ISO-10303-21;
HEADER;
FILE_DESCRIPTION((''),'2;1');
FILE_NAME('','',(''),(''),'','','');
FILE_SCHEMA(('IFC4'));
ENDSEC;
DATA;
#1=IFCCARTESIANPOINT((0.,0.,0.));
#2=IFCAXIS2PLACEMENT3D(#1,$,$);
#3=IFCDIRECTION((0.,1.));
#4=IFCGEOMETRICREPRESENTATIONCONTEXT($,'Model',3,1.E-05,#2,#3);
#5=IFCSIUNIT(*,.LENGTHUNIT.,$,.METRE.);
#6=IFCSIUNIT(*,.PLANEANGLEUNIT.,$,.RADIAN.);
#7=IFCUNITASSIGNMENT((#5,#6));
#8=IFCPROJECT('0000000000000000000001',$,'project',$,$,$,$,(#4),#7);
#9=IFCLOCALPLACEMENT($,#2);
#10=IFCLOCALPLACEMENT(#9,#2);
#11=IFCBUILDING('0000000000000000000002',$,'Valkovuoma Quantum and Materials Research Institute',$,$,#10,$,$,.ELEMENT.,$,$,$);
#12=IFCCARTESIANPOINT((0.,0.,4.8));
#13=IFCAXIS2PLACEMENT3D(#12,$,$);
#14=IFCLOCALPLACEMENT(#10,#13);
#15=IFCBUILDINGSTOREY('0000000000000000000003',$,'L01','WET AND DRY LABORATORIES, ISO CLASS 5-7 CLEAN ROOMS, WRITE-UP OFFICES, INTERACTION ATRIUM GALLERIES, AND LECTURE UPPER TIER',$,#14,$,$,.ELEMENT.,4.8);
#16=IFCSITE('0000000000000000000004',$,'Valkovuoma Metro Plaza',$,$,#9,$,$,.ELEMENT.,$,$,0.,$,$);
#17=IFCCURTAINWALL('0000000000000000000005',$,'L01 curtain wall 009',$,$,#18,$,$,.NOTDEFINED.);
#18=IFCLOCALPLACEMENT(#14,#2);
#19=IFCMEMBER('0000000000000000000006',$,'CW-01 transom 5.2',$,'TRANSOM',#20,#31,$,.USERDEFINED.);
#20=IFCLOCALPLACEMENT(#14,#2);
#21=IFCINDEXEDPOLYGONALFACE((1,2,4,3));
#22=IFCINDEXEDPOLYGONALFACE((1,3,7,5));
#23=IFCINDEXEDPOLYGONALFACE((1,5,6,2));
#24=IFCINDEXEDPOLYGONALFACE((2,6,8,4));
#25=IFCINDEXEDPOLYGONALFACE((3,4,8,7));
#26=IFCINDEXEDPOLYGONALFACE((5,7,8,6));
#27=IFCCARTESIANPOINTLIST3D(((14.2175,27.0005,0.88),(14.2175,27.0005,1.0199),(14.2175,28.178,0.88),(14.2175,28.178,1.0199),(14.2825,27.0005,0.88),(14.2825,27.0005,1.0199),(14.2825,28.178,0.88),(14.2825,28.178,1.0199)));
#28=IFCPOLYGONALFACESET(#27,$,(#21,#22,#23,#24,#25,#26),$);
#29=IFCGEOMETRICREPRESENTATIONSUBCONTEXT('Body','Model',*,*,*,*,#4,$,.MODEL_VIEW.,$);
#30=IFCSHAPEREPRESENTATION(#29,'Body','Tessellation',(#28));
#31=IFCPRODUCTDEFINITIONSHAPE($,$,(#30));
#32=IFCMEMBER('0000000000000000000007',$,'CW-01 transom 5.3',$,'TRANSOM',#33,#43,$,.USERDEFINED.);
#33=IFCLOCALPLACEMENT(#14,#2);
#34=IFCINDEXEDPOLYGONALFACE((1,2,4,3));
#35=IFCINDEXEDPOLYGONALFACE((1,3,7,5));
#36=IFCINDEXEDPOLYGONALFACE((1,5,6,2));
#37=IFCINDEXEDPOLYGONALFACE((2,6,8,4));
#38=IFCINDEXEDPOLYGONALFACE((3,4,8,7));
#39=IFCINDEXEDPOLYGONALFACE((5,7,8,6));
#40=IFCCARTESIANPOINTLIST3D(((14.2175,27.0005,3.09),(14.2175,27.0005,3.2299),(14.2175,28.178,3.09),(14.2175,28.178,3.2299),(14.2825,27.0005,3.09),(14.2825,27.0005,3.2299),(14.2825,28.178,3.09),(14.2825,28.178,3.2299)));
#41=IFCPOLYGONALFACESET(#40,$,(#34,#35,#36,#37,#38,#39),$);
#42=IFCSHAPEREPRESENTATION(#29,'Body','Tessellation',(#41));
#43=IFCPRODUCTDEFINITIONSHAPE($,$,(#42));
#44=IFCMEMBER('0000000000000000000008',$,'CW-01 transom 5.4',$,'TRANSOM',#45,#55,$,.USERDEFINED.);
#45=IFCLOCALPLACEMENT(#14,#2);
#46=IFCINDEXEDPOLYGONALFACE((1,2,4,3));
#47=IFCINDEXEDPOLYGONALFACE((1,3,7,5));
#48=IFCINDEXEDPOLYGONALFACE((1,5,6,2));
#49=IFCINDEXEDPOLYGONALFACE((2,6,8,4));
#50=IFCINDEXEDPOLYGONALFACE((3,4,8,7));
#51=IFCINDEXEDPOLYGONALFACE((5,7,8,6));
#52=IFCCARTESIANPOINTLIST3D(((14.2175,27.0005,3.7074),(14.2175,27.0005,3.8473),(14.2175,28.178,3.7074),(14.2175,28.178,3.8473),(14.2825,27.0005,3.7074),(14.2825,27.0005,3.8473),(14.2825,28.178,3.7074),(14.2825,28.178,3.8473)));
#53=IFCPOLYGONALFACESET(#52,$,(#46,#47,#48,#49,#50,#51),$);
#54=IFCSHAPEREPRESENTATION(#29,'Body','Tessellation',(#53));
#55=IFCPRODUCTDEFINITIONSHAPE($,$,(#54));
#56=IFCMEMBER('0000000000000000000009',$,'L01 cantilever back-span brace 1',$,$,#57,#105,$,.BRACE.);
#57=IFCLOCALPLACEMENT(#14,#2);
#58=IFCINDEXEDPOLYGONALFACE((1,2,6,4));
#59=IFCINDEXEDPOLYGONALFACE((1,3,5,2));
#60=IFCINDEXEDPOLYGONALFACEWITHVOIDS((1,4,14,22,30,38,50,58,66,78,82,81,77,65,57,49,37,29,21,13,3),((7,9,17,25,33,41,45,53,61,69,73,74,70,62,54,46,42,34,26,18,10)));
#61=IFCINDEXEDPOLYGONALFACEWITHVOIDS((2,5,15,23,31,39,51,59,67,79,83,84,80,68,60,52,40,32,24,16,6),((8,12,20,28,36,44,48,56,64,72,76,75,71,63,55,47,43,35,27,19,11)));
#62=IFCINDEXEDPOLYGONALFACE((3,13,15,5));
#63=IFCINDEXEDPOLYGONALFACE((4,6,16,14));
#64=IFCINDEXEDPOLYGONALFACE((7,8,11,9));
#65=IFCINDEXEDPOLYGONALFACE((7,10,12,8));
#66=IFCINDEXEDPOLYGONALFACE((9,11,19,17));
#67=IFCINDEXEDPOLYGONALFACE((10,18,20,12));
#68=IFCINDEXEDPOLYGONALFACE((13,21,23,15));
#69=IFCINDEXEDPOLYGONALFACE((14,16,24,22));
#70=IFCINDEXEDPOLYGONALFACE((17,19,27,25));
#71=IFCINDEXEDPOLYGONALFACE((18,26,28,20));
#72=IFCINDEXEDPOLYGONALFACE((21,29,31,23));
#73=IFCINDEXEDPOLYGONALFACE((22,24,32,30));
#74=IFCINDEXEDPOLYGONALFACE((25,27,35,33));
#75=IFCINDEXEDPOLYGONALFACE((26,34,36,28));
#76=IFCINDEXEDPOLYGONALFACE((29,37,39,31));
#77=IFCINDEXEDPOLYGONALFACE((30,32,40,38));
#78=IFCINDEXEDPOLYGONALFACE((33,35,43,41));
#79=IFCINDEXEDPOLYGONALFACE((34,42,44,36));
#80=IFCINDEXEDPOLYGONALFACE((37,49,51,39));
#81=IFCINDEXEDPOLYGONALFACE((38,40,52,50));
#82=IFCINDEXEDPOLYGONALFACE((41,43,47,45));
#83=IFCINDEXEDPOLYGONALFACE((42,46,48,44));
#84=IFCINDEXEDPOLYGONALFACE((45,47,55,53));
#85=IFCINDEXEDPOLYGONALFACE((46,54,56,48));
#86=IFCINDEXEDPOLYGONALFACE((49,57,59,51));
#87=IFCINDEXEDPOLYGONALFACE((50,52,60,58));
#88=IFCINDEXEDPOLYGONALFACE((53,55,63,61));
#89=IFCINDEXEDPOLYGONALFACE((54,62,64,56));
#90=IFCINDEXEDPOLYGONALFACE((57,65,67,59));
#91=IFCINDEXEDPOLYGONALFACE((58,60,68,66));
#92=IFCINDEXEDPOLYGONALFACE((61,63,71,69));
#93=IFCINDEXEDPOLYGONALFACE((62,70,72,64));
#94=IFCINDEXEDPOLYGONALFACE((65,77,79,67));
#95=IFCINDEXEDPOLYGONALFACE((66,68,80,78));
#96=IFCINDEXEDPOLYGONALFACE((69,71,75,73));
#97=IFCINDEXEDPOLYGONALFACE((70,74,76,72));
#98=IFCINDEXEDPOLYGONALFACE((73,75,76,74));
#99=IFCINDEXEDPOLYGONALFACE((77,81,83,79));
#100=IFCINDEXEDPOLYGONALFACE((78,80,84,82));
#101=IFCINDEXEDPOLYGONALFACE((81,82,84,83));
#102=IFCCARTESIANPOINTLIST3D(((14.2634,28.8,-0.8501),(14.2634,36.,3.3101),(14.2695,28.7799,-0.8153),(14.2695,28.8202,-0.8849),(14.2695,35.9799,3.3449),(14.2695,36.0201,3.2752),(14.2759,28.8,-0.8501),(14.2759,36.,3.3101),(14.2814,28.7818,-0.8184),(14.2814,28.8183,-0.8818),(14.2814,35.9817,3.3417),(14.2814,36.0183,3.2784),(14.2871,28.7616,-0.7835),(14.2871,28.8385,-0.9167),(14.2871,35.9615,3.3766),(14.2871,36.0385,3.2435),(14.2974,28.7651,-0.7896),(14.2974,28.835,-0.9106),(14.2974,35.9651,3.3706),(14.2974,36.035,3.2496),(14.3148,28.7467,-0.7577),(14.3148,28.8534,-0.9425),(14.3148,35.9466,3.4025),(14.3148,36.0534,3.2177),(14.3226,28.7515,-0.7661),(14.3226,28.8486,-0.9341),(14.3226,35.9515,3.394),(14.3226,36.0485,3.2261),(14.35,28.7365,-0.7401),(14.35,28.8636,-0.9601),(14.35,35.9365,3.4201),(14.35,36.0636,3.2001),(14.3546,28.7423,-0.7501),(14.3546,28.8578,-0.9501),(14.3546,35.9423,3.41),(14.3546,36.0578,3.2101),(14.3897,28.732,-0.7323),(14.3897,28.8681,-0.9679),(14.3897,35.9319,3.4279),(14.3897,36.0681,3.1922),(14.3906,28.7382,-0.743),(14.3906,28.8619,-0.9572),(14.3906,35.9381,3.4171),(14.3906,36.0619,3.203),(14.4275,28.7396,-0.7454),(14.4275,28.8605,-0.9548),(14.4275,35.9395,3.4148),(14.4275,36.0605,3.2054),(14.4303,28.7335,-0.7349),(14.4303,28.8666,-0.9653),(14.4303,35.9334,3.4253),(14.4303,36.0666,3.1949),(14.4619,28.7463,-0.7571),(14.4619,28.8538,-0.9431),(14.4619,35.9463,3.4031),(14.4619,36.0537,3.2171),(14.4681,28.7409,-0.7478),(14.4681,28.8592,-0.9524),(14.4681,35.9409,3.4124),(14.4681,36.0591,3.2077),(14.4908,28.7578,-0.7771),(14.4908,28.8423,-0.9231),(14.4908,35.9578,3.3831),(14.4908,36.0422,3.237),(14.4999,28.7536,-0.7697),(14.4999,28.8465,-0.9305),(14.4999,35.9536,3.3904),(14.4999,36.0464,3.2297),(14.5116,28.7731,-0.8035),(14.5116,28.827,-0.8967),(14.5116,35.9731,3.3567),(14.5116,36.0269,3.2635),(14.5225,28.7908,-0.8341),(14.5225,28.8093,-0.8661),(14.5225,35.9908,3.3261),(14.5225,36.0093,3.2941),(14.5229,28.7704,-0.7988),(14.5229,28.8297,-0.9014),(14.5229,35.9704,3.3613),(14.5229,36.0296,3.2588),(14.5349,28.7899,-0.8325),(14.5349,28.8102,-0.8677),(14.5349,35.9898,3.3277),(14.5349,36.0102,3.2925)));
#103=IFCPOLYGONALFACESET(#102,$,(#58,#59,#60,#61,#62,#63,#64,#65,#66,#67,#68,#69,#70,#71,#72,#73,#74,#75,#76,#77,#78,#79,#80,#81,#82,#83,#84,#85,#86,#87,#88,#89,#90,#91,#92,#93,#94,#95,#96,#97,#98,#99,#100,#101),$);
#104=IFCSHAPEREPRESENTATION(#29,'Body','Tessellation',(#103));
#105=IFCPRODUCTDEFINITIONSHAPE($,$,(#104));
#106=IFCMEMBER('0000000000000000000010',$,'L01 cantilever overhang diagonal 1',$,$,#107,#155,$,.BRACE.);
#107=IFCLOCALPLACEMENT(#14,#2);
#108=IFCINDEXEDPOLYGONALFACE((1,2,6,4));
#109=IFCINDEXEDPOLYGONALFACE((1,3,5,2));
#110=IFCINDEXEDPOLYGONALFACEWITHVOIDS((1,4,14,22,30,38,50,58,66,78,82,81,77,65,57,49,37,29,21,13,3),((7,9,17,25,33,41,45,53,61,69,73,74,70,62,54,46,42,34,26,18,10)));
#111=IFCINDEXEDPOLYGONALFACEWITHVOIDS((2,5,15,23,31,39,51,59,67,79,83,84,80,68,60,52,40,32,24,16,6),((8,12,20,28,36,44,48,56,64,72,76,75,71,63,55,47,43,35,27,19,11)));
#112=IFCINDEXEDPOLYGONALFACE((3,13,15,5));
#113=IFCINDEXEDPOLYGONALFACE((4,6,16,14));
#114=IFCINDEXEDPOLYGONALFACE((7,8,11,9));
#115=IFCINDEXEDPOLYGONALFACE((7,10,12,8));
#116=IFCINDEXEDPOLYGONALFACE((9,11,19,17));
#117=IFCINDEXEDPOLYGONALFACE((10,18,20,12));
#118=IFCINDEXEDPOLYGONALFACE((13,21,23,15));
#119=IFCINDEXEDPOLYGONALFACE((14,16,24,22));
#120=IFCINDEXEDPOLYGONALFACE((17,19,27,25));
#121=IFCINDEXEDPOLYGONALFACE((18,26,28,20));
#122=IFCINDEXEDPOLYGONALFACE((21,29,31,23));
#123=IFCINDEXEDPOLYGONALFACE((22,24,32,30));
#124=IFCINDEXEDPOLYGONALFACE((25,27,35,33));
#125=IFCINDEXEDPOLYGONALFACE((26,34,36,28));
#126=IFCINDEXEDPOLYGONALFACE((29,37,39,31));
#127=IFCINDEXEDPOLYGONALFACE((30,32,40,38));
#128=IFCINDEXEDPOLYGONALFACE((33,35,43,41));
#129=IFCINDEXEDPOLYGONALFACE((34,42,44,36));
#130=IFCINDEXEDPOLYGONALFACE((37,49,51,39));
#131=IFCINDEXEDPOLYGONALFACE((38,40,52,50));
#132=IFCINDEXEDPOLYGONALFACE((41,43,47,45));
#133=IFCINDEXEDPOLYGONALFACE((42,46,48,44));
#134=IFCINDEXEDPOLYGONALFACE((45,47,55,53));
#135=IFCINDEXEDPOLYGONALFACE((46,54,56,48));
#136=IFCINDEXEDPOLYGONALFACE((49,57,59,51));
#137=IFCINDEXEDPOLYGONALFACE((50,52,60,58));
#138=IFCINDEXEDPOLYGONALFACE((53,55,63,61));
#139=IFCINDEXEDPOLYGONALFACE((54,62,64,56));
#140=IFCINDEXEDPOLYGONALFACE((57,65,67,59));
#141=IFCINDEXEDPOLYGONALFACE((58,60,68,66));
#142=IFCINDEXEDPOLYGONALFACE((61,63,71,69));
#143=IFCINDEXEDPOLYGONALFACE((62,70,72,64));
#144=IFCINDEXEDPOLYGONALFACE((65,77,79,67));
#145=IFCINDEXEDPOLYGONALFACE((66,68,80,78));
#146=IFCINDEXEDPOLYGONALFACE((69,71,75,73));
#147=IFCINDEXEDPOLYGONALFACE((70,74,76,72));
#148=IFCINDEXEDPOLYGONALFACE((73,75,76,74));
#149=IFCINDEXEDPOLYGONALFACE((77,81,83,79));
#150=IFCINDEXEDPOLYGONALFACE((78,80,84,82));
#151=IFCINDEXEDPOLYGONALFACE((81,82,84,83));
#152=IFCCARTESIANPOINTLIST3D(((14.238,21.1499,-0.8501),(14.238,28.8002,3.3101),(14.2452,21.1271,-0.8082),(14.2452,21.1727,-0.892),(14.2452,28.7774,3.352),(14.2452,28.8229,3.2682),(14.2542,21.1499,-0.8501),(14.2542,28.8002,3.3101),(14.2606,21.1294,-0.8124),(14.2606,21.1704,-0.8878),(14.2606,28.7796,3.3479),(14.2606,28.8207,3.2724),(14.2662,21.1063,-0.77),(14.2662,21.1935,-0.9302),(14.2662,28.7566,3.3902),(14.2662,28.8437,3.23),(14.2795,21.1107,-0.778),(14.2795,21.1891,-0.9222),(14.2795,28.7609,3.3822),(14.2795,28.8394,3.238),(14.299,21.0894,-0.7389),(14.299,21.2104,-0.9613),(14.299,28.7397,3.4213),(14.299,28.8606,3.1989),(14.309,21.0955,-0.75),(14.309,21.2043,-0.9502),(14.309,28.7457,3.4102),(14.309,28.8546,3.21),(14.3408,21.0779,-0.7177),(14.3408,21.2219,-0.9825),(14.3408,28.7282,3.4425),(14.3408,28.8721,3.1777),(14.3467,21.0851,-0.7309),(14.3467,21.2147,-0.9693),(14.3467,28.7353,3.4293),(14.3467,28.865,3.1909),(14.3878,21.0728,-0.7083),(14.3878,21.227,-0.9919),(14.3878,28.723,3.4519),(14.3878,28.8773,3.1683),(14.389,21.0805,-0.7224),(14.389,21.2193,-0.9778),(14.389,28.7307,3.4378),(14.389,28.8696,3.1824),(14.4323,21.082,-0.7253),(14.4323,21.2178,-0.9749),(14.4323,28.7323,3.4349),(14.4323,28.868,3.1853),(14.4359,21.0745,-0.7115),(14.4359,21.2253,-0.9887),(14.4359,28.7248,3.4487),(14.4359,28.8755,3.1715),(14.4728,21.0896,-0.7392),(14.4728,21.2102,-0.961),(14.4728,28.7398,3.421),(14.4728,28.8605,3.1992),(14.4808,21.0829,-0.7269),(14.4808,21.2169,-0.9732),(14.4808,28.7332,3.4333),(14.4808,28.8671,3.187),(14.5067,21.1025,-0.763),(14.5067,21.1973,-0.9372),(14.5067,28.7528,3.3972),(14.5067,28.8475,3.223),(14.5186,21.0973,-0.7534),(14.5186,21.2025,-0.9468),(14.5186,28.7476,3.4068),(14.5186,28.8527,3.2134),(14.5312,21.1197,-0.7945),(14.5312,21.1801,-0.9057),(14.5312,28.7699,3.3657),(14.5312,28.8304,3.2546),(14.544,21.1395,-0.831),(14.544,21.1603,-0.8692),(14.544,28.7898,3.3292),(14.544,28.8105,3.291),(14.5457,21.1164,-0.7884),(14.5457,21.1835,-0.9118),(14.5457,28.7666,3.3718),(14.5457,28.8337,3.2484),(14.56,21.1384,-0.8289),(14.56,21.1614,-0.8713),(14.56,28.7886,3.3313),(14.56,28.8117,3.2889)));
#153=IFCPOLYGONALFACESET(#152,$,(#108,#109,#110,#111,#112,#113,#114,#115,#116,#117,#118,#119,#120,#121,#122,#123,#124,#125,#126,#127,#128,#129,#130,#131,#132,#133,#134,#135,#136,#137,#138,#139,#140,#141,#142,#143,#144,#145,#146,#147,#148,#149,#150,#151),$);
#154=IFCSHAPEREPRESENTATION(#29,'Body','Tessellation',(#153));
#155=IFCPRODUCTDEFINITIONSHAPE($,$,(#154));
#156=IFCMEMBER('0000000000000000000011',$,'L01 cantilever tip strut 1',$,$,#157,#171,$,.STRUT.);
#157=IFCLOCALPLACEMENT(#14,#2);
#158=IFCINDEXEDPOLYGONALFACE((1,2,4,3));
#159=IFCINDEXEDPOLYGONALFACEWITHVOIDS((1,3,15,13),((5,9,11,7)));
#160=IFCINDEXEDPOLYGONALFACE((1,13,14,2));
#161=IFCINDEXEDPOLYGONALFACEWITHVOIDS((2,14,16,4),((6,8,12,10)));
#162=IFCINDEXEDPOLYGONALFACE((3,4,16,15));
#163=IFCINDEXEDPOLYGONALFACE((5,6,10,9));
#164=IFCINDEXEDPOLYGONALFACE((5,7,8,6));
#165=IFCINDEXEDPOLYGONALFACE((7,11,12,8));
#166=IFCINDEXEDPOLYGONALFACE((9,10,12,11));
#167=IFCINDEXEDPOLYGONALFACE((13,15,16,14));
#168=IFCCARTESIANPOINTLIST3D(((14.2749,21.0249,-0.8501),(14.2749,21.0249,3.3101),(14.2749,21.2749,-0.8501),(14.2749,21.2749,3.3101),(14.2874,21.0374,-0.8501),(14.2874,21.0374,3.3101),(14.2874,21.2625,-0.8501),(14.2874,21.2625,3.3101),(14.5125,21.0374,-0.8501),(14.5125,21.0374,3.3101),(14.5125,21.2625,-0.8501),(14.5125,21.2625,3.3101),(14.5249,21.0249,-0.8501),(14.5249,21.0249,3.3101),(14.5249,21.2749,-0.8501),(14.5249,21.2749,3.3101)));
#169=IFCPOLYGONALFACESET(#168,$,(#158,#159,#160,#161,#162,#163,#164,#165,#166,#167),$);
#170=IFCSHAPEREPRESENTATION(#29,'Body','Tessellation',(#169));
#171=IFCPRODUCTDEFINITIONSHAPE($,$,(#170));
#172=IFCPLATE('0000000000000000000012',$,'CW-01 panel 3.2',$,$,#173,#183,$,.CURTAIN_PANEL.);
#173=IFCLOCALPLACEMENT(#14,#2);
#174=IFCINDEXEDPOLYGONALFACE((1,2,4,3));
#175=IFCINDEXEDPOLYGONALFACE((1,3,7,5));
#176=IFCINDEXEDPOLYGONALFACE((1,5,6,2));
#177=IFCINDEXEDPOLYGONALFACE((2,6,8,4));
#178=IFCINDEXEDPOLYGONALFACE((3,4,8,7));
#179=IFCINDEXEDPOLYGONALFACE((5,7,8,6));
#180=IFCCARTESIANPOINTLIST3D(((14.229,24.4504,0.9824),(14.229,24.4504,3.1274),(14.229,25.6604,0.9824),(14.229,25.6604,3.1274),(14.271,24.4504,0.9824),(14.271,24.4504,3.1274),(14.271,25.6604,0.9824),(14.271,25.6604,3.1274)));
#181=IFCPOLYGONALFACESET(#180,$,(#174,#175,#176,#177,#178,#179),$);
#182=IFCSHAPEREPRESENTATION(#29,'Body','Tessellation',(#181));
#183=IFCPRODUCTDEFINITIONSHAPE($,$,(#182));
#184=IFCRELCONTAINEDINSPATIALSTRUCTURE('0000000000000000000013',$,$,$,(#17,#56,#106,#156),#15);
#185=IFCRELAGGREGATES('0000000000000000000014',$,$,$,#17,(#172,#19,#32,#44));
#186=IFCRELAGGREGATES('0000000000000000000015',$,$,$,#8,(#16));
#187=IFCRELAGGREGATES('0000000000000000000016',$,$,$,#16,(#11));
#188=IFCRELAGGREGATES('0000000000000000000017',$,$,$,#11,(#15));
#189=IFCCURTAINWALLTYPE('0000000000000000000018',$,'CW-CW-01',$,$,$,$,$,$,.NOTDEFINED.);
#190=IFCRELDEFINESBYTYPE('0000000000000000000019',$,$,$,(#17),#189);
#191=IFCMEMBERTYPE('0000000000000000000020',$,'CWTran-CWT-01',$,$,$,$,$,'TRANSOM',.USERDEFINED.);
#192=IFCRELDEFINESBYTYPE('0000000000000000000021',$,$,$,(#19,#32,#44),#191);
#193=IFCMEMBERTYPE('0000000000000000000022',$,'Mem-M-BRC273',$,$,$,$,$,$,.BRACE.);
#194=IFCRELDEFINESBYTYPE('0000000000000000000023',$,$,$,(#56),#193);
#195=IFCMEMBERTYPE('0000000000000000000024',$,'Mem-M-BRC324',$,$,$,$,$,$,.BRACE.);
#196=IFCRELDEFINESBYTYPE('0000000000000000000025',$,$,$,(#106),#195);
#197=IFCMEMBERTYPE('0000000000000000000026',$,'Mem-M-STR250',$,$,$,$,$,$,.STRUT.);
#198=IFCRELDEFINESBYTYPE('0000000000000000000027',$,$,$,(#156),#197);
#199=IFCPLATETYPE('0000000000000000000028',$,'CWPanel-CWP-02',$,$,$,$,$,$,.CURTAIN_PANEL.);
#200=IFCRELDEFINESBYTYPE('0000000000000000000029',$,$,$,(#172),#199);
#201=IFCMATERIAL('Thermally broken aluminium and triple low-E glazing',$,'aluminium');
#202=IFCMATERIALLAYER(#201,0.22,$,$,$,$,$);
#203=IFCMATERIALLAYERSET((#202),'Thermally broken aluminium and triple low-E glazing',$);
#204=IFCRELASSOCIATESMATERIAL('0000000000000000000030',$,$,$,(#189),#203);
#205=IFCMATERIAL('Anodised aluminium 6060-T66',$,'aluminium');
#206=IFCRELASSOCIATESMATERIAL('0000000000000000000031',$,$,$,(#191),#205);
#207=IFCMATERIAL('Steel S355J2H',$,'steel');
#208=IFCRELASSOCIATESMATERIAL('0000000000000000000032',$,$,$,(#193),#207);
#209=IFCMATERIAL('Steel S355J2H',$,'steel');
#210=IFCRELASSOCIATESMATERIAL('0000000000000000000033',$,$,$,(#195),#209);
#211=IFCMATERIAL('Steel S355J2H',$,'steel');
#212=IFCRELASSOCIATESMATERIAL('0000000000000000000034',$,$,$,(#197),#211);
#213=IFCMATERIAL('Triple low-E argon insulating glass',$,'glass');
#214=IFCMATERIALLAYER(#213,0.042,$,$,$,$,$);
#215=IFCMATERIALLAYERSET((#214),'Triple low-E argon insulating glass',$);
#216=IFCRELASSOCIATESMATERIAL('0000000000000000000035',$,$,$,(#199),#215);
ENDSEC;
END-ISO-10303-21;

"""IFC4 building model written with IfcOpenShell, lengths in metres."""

from ifc_helpers import new_model, si_unit, direction, frame, origin, origin_2d, place, context, subcontext, project, spatial, rectangle, hollow_rectangle, hollow_circle, extrude, material, layer, layer_set, material_profile, profile_set, type_object, element, aggregate, save


model = new_model("IFC4")

# Units and contexts
model_context = context("Model", 3, precision=1e-05, world=origin(), true_north=direction((0.0, 1.0)))
body_context = subcontext(model_context, "Body", "Model", "MODEL_VIEW")
ifc_project = project(units=[si_unit("LENGTHUNIT", "METRE"), si_unit("PLANEANGLEUNIT", "RADIAN")], contexts=[model_context])

# Site, building, storey
site_placement = place(None, origin())
site = spatial("IfcSite", under=ifc_project, at=site_placement, Name="Valkovuoma Metro Plaza", CompositionType="ELEMENT", RefElevation=0.0)
building_placement = place(site_placement, origin())
building = spatial("IfcBuilding", under=site, at=building_placement, Name="Valkovuoma Quantum and Materials Research Institute", CompositionType="ELEMENT")
storey_placement = place(building_placement, frame((0.0, 0.0, 4.8)))
storey = spatial("IfcBuildingStorey", under=building, at=storey_placement, Name="L01", Description="WET AND DRY LABORATORIES, ISO CLASS 5-7 CLEAN ROOMS, WRITE-UP OFFICES, INTERACTION ATRIUM GALLERIES, AND LECTURE UPPER TIER", CompositionType="ELEMENT", Elevation=4.8)

# Curtain wall
ifc_material_1 = material(Name="Thermally broken aluminium and triple low-E glazing", Category="aluminium")
ifc_layer_1 = layer(ifc_material_1, 0.22)
ifc_layer_set_1 = layer_set([ifc_layer_1], Name="Thermally broken aluminium and triple low-E glazing")
curtain_wall_type = type_object("IfcCurtainWallType", Name="CW-CW-01", PredefinedType="NOTDEFINED", material=ifc_layer_set_1)
curtain_wall_1_placement = place(storey_placement, origin())
curtain_wall_1 = element("IfcCurtainWall", 1, at=curtain_wall_1_placement, inside=storey, type_object=curtain_wall_type, Name="L01 curtain wall 009", PredefinedType="NOTDEFINED")

# Members
ifc_material_2 = material(Name="Anodised aluminium 6060-T66", Category="aluminium")
ifc_material_profile_1 = material_profile(ifc_material_2, rectangle(XDim=0.0649, YDim=0.1399, at=origin_2d()), Name="Anodised aluminium 6060-T66")
ifc_profile_set_1 = profile_set([ifc_material_profile_1], Name="Anodised aluminium 6060-T66")
member_type_1 = type_object("IfcMemberType", Name="CWTran-CWT-01", ElementType="TRANSOM", PredefinedType="USERDEFINED", material=ifc_profile_set_1)
member_1_placement = place(storey_placement, frame((14.25, 27.0005, 0.95), z_axis=(0.0, 1.0, 0.0), x_axis=(-1.0, 0.0, 0.0)))
member_1 = element("IfcMember", 2, at=member_1_placement, type_object=member_type_1, Name="CW-01 transom 5.2", ObjectType="TRANSOM", PredefinedType="USERDEFINED", context=body_context, shape_type="SweptSolid", body=[
    extrude(rectangle(XDim=0.0649, YDim=0.1399, at=origin_2d()), origin(), (0.0, 0.0, 1.0), 1.1775),
])
member_2_placement = place(storey_placement, frame((14.25, 27.0005, 3.1599), z_axis=(0.0, 1.0, 0.0), x_axis=(-1.0, 0.0, 0.0)))
member_2 = element("IfcMember", 3, at=member_2_placement, type_object=member_type_1, Name="CW-01 transom 5.3", ObjectType="TRANSOM", PredefinedType="USERDEFINED", context=body_context, shape_type="SweptSolid", body=[
    extrude(rectangle(XDim=0.0649, YDim=0.1399, at=origin_2d()), origin(), (0.0, 0.0, 1.0), 1.1775),
])
member_3_placement = place(storey_placement, frame((14.25, 27.0005, 3.7773), z_axis=(0.0, 1.0, 0.0), x_axis=(-1.0, 0.0, 0.0)))
member_3 = element("IfcMember", 4, at=member_3_placement, type_object=member_type_1, Name="CW-01 transom 5.4", ObjectType="TRANSOM", PredefinedType="USERDEFINED", context=body_context, shape_type="SweptSolid", body=[
    extrude(rectangle(XDim=0.0649, YDim=0.1399, at=origin_2d()), origin(), (0.0, 0.0, 1.0), 1.1775),
])

# Members
ifc_material_3 = material(Name="Steel S355J2H", Category="steel")
ifc_material_profile_2 = material_profile(ifc_material_3, hollow_circle(Radius=0.1365, WallThickness=0.0125, at=origin_2d()), Name="Steel S355J2H")
ifc_profile_set_2 = profile_set([ifc_material_profile_2], Name="Steel S355J2H")
member_type_2 = type_object("IfcMemberType", Name="Mem-M-BRC273", PredefinedType="BRACE", material=ifc_profile_set_2)
member_4_placement = place(storey_placement, frame((14.3999, 28.8, -0.8501), z_axis=(0.0, 0.865855, 0.500294), x_axis=(-1.0, 0.0, 0.0)))
element("IfcMember", 5, at=member_4_placement, inside=storey, type_object=member_type_2, Name="L01 cantilever back-span brace 1", PredefinedType="BRACE", context=body_context, shape_type="SweptSolid", body=[
    extrude(hollow_circle(Radius=0.1365, WallThickness=0.0125, at=origin_2d()), origin(), (0.0, 0.0, 1.0), 8.3154),
])
ifc_material_4 = material(Name="Steel S355J2H", Category="steel")
ifc_material_profile_3 = material_profile(ifc_material_4, hollow_circle(Radius=0.1619, WallThickness=0.0161, at=origin_2d()), Name="Steel S355J2H")
ifc_profile_set_3 = profile_set([ifc_material_profile_3], Name="Steel S355J2H")
member_type_3 = type_object("IfcMemberType", Name="Mem-M-BRC324", PredefinedType="BRACE", material=ifc_profile_set_3)
member_5_placement = place(storey_placement, frame((14.3999, 21.1499, -0.8501), z_axis=(0.0, 0.878506, 0.477732), x_axis=(-1.0, 0.0, 0.0)))
element("IfcMember", 6, at=member_5_placement, inside=storey, type_object=member_type_3, Name="L01 cantilever overhang diagonal 1", PredefinedType="BRACE", context=body_context, shape_type="SweptSolid", body=[
    extrude(hollow_circle(Radius=0.1619, WallThickness=0.0161, at=origin_2d()), origin(), (0.0, 0.0, 1.0), 8.7083),
])
ifc_material_5 = material(Name="Steel S355J2H", Category="steel")
ifc_material_profile_4 = material_profile(ifc_material_5, hollow_rectangle(XDim=0.25, YDim=0.25, WallThickness=0.0125, at=origin_2d()), Name="Steel S355J2H")
ifc_profile_set_4 = profile_set([ifc_material_profile_4], Name="Steel S355J2H")
member_type_4 = type_object("IfcMemberType", Name="Mem-M-STR250", PredefinedType="STRUT", material=ifc_profile_set_4)
member_6_placement = place(storey_placement, frame((14.3999, 21.1499, -0.8501), z_axis=(0.0, 0.0, 1.0), x_axis=(1.0, 0.0, 0.0)))
element("IfcMember", 7, at=member_6_placement, inside=storey, type_object=member_type_4, Name="L01 cantilever tip strut 1", PredefinedType="STRUT", context=body_context, shape_type="SweptSolid", body=[
    extrude(hollow_rectangle(XDim=0.25, YDim=0.25, WallThickness=0.0125, at=origin_2d()), origin(), (0.0, 0.0, 1.0), 4.1602),
])

# Plate
ifc_material_6 = material(Name="Triple low-E argon insulating glass", Category="glass")
ifc_layer_2 = layer(ifc_material_6, 0.042)
ifc_layer_set_2 = layer_set([ifc_layer_2], Name="Triple low-E argon insulating glass")
plate_type_1 = type_object("IfcPlateType", Name="CWPanel-CWP-02", PredefinedType="CURTAIN_PANEL", material=ifc_layer_set_2)
plate_1_placement = place(storey_placement, frame((14.25, 25.0554, 0.9824), z_axis=(0.0, 0.0, 1.0), x_axis=(0.0, 1.0, 0.0)))
plate_1 = element("IfcPlate", 8, at=plate_1_placement, type_object=plate_type_1, Name="CW-01 panel 3.2", PredefinedType="CURTAIN_PANEL", context=body_context, shape_type="SweptSolid", body=[
    extrude(rectangle(XDim=1.21, YDim=0.042, at=origin_2d()), origin(), (0.0, 0.0, 1.0), 2.145),
])
aggregate(curtain_wall_1, [plate_1, member_1, member_2, member_3])

save(model, "model.ifc")
